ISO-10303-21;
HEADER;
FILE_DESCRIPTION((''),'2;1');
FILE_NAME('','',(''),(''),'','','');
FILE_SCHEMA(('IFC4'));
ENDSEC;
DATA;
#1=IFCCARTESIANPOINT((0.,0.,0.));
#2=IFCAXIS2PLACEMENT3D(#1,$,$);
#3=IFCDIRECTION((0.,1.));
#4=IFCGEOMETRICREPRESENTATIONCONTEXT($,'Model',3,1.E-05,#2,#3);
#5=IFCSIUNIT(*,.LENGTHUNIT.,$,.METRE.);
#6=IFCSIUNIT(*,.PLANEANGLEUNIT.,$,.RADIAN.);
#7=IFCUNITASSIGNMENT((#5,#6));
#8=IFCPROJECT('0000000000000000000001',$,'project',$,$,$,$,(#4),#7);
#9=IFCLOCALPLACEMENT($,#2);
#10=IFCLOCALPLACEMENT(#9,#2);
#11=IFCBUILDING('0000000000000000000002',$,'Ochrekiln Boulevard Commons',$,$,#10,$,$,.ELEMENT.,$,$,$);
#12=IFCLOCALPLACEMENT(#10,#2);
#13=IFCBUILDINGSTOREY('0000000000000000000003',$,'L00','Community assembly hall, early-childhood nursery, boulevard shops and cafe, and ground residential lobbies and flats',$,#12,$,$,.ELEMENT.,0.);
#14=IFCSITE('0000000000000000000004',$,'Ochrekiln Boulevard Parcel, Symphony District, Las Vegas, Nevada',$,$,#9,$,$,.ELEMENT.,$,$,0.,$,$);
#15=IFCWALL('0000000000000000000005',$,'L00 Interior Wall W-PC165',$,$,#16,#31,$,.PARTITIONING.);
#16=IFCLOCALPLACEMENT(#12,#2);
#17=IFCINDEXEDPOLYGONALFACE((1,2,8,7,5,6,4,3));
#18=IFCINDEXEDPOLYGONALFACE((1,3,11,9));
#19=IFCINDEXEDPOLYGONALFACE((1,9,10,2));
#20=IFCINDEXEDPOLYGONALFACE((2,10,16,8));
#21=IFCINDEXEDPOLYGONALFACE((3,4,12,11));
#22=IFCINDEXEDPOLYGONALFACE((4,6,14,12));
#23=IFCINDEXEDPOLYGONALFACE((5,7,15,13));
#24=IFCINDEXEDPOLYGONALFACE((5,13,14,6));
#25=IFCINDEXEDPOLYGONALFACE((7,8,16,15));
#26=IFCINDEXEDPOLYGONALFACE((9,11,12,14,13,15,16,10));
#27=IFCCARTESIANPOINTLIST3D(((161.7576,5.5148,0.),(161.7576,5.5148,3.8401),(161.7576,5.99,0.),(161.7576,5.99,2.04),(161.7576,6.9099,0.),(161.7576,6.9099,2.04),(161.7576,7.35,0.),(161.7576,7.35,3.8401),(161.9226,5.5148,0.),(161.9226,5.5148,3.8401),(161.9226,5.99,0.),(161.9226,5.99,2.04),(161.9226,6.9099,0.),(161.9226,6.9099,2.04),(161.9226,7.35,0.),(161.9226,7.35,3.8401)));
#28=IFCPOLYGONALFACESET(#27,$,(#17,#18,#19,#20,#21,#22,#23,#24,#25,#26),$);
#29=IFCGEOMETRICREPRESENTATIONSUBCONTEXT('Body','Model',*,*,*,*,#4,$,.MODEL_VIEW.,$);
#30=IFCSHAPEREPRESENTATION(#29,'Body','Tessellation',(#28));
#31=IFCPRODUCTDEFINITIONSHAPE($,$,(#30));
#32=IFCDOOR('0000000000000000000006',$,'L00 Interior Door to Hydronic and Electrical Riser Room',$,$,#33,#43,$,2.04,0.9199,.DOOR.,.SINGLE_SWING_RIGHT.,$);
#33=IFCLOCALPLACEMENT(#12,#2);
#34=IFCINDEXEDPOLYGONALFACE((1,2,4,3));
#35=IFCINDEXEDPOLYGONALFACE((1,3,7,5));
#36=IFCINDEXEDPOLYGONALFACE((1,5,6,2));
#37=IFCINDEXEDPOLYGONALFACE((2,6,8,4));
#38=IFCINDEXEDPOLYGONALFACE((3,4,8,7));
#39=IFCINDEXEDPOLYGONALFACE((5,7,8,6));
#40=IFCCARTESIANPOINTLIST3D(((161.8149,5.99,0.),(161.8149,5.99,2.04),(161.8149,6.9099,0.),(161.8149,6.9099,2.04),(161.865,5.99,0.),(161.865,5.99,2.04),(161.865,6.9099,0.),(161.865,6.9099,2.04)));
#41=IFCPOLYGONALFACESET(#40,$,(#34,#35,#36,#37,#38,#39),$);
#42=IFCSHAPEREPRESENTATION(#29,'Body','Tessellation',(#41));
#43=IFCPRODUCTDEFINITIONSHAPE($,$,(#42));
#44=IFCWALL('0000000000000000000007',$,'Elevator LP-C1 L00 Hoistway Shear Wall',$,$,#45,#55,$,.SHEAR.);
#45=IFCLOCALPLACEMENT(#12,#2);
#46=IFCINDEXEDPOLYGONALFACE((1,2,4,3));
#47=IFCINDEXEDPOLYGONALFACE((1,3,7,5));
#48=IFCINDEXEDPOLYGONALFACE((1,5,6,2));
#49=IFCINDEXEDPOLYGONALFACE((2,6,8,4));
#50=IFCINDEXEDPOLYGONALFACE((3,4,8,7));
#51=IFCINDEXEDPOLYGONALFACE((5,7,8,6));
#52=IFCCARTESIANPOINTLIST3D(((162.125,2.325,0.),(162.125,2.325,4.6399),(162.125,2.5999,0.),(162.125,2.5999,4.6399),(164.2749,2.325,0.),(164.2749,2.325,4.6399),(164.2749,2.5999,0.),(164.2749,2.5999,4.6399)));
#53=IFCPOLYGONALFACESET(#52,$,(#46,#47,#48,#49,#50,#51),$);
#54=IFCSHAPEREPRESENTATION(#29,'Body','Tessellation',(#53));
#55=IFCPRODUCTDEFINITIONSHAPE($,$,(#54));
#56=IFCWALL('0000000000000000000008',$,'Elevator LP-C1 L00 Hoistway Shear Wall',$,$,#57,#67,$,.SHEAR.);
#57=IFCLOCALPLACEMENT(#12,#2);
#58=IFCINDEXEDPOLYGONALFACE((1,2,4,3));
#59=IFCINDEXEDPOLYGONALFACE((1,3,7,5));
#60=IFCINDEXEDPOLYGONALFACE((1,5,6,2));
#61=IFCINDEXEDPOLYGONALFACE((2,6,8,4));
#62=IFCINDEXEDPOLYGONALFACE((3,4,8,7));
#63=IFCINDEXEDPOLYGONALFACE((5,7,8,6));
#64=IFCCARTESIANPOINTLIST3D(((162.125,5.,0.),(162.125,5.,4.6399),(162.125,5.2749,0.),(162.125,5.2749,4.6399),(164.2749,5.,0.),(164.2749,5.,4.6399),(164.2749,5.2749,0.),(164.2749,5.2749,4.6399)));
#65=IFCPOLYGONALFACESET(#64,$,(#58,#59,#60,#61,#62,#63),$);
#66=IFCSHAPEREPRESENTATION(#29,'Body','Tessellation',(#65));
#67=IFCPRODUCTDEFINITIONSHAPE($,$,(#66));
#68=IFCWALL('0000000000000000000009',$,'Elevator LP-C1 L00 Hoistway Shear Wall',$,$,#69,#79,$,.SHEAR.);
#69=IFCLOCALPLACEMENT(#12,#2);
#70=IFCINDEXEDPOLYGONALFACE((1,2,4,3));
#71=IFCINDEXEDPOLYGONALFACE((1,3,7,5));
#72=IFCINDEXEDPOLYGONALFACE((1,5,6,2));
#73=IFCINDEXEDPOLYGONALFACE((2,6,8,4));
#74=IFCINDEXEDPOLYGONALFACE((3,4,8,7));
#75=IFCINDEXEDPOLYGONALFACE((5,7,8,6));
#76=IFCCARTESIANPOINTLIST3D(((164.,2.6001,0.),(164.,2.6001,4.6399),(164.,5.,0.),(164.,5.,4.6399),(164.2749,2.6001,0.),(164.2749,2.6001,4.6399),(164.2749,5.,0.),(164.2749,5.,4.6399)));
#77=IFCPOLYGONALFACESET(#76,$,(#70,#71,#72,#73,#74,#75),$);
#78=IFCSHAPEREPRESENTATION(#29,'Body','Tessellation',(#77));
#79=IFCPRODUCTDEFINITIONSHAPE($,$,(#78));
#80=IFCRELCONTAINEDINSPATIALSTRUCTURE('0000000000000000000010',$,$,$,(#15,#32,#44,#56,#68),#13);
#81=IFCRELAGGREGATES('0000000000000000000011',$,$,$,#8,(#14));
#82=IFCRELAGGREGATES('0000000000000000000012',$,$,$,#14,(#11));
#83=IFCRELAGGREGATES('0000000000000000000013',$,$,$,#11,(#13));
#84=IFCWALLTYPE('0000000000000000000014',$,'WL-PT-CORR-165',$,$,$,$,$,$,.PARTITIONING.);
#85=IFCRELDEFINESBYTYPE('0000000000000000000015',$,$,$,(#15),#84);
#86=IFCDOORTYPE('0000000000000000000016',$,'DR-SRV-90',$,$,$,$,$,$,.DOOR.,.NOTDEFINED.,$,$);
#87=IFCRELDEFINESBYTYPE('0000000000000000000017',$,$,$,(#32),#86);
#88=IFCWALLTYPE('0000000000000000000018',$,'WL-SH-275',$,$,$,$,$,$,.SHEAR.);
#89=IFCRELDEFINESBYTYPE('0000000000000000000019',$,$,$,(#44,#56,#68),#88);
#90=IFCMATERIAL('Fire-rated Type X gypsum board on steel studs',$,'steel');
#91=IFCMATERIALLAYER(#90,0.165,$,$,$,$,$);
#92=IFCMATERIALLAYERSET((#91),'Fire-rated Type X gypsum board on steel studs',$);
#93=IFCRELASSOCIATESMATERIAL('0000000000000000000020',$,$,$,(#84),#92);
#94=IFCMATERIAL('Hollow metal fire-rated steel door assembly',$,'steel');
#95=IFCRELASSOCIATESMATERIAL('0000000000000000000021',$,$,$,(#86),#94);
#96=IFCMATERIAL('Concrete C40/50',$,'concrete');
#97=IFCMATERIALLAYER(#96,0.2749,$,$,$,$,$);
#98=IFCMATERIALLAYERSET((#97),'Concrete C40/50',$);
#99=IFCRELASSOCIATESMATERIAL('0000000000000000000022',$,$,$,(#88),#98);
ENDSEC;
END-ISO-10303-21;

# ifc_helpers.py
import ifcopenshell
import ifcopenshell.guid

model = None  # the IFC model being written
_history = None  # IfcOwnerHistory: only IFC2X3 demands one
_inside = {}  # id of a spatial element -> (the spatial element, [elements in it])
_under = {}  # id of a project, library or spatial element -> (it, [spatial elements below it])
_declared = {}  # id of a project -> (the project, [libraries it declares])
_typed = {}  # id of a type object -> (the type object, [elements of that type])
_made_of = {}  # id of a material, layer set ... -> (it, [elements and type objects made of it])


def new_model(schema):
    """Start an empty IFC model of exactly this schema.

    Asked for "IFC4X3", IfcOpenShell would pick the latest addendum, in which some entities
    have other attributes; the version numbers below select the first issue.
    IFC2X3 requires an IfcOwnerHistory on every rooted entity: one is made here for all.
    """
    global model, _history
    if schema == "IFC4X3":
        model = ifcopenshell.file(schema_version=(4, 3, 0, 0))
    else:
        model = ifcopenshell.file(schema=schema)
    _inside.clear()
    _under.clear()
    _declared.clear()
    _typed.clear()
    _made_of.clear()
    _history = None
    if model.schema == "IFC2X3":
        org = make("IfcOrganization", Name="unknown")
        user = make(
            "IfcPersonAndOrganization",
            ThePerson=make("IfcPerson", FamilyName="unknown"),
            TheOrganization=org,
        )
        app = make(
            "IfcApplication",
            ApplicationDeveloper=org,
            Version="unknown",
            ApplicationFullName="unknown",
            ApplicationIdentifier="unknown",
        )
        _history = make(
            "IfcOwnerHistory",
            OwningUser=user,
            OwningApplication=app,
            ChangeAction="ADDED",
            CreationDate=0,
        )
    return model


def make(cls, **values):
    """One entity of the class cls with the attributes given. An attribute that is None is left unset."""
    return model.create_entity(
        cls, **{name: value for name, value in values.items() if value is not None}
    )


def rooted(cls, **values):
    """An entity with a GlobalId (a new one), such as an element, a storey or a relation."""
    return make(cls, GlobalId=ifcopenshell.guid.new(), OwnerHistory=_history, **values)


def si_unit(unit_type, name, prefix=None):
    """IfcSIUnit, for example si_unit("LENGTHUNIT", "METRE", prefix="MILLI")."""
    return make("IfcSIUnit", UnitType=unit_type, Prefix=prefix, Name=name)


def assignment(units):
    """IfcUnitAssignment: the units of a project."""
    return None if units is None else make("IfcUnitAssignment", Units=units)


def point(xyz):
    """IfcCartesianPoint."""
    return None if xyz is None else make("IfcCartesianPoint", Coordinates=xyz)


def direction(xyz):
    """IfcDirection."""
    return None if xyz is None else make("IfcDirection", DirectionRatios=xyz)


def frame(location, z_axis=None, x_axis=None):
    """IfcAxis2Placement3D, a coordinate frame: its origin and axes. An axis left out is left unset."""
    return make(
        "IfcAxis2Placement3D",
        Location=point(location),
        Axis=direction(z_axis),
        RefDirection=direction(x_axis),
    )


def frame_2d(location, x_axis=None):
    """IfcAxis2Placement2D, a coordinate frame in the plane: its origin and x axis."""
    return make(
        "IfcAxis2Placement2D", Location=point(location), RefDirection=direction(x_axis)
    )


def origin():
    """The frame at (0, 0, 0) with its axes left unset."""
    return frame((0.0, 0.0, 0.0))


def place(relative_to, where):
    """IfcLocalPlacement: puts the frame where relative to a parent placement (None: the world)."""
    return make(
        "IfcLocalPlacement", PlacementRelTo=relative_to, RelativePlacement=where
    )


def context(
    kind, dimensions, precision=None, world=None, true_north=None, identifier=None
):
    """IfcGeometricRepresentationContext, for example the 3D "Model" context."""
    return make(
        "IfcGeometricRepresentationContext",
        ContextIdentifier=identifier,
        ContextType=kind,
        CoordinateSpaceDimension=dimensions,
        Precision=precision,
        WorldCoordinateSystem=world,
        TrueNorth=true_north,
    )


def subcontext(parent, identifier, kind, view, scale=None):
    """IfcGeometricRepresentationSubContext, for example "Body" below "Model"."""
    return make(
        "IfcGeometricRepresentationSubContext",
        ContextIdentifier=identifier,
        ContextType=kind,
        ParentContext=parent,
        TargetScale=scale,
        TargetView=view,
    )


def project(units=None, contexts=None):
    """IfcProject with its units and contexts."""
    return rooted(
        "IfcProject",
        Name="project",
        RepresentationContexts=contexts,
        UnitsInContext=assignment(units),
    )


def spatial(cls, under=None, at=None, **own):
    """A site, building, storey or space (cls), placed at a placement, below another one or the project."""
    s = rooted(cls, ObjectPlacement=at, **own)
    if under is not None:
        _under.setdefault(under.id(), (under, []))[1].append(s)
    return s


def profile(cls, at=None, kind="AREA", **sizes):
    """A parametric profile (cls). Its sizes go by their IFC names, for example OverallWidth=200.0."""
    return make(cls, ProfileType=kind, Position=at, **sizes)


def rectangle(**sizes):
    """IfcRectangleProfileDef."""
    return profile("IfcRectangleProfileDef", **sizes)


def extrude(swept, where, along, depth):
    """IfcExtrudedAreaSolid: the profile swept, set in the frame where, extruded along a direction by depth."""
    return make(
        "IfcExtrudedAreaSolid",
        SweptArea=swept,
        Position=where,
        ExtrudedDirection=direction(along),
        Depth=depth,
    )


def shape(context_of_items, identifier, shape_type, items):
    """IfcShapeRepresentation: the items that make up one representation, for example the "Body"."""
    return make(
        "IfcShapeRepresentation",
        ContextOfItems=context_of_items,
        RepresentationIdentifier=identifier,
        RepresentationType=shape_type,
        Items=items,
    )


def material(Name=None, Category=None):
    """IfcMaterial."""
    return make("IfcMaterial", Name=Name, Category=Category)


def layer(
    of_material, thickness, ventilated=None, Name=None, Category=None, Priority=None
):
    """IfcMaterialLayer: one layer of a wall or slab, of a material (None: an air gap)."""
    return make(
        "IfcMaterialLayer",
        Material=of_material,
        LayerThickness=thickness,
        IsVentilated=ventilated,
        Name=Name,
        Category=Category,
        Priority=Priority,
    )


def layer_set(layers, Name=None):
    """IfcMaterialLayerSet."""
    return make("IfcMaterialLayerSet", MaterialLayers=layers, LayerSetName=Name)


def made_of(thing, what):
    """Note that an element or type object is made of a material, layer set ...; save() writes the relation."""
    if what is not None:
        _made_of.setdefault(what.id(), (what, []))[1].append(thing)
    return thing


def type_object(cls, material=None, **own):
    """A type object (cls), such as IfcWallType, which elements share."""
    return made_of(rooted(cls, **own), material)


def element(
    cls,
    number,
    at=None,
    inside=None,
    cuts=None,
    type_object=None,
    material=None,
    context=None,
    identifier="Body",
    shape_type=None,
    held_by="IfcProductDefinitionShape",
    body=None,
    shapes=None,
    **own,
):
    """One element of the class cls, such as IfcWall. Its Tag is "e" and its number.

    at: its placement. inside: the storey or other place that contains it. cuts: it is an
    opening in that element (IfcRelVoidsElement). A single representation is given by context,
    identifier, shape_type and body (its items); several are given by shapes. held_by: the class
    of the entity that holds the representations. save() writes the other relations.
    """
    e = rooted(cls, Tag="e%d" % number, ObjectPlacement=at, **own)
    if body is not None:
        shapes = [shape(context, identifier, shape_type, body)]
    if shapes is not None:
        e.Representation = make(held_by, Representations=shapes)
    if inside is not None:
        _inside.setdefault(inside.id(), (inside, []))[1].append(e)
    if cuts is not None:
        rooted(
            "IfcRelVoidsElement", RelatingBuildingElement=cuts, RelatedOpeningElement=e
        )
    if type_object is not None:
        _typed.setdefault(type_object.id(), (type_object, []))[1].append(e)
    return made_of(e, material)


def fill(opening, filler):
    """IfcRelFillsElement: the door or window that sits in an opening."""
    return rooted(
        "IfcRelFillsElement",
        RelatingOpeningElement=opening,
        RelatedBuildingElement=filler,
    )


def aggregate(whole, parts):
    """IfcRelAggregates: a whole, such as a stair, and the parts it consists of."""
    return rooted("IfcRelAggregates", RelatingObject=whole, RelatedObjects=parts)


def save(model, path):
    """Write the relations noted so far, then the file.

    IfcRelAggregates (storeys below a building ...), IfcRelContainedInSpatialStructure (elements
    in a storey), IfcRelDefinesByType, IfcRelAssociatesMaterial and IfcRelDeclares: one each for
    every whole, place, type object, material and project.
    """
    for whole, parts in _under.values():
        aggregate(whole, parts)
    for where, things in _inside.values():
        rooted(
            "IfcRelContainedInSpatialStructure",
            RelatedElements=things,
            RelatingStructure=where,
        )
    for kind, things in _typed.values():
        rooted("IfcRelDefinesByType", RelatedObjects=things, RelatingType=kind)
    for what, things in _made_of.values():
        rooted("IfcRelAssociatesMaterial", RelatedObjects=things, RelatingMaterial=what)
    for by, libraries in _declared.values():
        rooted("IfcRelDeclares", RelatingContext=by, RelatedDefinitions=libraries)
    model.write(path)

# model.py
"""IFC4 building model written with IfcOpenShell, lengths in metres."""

from ifc_helpers import new_model, si_unit, direction, frame, frame_2d, origin, place, context, subcontext, project, spatial, rectangle, extrude, material, layer, layer_set, type_object, element, fill, save


model = new_model("IFC4")

# Units and contexts
model_context = context("Model", 3, precision=1e-05, world=origin(), true_north=direction((0.0, 1.0)))
body_context = subcontext(model_context, "Body", "Model", "MODEL_VIEW")
ifc_project = project(units=[si_unit("LENGTHUNIT", "METRE"), si_unit("PLANEANGLEUNIT", "RADIAN")], contexts=[model_context])

# Site, building, storey
site_placement = place(None, origin())
site = spatial("IfcSite", under=ifc_project, at=site_placement, Name="Ochrekiln Boulevard Parcel, Symphony District, Las Vegas, Nevada", CompositionType="ELEMENT", RefElevation=0.0)
building_placement = place(site_placement, origin())
building = spatial("IfcBuilding", under=site, at=building_placement, Name="Ochrekiln Boulevard Commons", CompositionType="ELEMENT")
storey_placement = place(building_placement, origin())
storey = spatial("IfcBuildingStorey", under=building, at=storey_placement, Name="L00", Description="Community assembly hall, early-childhood nursery, boulevard shops and cafe, and ground residential lobbies and flats", CompositionType="ELEMENT", Elevation=0.0)

# Shared definitions
ifc_material_1 = material(Name="Concrete C40/50", Category="concrete")

# Wall, opening, door
ifc_material_2 = material(Name="Fire-rated Type X gypsum board on steel studs", Category="steel")
ifc_layer_1 = layer(ifc_material_2, 0.165)
ifc_layer_set_1 = layer_set([ifc_layer_1], Name="Fire-rated Type X gypsum board on steel studs")
wall_type_1 = type_object("IfcWallType", Name="WL-PT-CORR-165", PredefinedType="PARTITIONING", material=ifc_layer_set_1)
wall_1_placement = place(storey_placement, frame((161.8401, 5.5149, 0.0), z_axis=(0.0, 0.0, 1.0), x_axis=(0.0, 1.0, 0.0)))
wall_1 = element("IfcWall", 1, at=wall_1_placement, inside=storey, type_object=wall_type_1, Name="L00 Interior Wall W-PC165", PredefinedType="PARTITIONING", context=body_context, shape_type="SweptSolid", body=[
    extrude(rectangle(XDim=1.8352, YDim=0.165, at=frame_2d((0.9175, 0.0))), origin(), (0.0, 0.0, 1.0), 3.8401),
])
opening_1_placement = place(wall_1_placement, frame((0.4751, 0.0, 0.0)))
opening_1 = element("IfcOpeningElement", 2, at=opening_1_placement, cuts=wall_1, PredefinedType="OPENING", context=body_context, shape_type="SweptSolid", body=[
    extrude(rectangle(XDim=0.9199, YDim=2.04, at=frame_2d((0.46, 1.02))), frame((0.0, 0.0925, 0.0), z_axis=(0.0, -1.0, 0.0), x_axis=(1.0, 0.0, 0.0)), (0.0, 0.0, 1.0), 0.1851),
])
ifc_material_3 = material(Name="Hollow metal fire-rated steel door assembly", Category="steel")
door_type_1 = type_object("IfcDoorType", Name="DR-SRV-90", OperationType="NOTDEFINED", PredefinedType="DOOR", material=ifc_material_3)
door_1_placement = place(opening_1_placement, frame((0.9199, 0.0, 0.0), z_axis=(0.0, 0.0, 1.0), x_axis=(-1.0, 0.0, 0.0)))
door_1 = element("IfcDoor", 3, at=door_1_placement, inside=storey, type_object=door_type_1, Name="L00 Interior Door to Hydronic and Electrical Riser Room", OperationType="SINGLE_SWING_RIGHT", OverallHeight=2.04, OverallWidth=0.9199, PredefinedType="DOOR", context=body_context, shape_type="SweptSolid", body=[
    extrude(rectangle(XDim=0.9199, YDim=2.04, at=frame_2d((0.46, 1.02))), frame((0.0, 0.0249, 0.0), z_axis=(0.0, -1.0, 0.0), x_axis=(1.0, 0.0, 0.0)), (0.0, 0.0, 1.0), 0.05),
])
fill(opening_1, door_1)

# Walls
ifc_layer_2 = layer(ifc_material_1, 0.2749)
ifc_layer_set_2 = layer_set([ifc_layer_2], Name="Concrete C40/50")
wall_type_2 = type_object("IfcWallType", Name="WL-SH-275", PredefinedType="SHEAR", material=ifc_layer_set_2)
for number, where, z_axis, x_axis, name in (
    (4, (162.125, 2.4624, 0.0), (0.0, 0.0, 1.0), (1.0, 0.0, 0.0), "Elevator LP-C1 L00 Hoistway Shear Wall"),
    (5, (162.125, 5.1375, 0.0), (0.0, 0.0, 1.0), (1.0, 0.0, 0.0), "Elevator LP-C1 L00 Hoistway Shear Wall"),
):
    element("IfcWall", number, at=place(storey_placement, frame(where, z_axis=z_axis, x_axis=x_axis)), inside=storey, type_object=wall_type_2, Name=name, PredefinedType="SHEAR", context=body_context, shape_type="SweptSolid", body=[
        extrude(rectangle(XDim=2.1499, YDim=0.2749, at=frame_2d((1.075, 0.0))), origin(), (0.0, 0.0, 1.0), 4.6399),
    ])

# Wall
wall_2_placement = place(storey_placement, frame((164.1375, 2.6001, 0.0), z_axis=(0.0, 0.0, 1.0), x_axis=(0.0, 1.0, 0.0)))
element("IfcWall", 6, at=wall_2_placement, inside=storey, type_object=wall_type_2, Name="Elevator LP-C1 L00 Hoistway Shear Wall", PredefinedType="SHEAR", context=body_context, shape_type="SweptSolid", body=[
    extrude(rectangle(XDim=2.3999, YDim=0.2749, at=frame_2d((1.2, 0.0))), origin(), (0.0, 0.0, 1.0), 4.6399),
])

save(model, "model.ifc")
